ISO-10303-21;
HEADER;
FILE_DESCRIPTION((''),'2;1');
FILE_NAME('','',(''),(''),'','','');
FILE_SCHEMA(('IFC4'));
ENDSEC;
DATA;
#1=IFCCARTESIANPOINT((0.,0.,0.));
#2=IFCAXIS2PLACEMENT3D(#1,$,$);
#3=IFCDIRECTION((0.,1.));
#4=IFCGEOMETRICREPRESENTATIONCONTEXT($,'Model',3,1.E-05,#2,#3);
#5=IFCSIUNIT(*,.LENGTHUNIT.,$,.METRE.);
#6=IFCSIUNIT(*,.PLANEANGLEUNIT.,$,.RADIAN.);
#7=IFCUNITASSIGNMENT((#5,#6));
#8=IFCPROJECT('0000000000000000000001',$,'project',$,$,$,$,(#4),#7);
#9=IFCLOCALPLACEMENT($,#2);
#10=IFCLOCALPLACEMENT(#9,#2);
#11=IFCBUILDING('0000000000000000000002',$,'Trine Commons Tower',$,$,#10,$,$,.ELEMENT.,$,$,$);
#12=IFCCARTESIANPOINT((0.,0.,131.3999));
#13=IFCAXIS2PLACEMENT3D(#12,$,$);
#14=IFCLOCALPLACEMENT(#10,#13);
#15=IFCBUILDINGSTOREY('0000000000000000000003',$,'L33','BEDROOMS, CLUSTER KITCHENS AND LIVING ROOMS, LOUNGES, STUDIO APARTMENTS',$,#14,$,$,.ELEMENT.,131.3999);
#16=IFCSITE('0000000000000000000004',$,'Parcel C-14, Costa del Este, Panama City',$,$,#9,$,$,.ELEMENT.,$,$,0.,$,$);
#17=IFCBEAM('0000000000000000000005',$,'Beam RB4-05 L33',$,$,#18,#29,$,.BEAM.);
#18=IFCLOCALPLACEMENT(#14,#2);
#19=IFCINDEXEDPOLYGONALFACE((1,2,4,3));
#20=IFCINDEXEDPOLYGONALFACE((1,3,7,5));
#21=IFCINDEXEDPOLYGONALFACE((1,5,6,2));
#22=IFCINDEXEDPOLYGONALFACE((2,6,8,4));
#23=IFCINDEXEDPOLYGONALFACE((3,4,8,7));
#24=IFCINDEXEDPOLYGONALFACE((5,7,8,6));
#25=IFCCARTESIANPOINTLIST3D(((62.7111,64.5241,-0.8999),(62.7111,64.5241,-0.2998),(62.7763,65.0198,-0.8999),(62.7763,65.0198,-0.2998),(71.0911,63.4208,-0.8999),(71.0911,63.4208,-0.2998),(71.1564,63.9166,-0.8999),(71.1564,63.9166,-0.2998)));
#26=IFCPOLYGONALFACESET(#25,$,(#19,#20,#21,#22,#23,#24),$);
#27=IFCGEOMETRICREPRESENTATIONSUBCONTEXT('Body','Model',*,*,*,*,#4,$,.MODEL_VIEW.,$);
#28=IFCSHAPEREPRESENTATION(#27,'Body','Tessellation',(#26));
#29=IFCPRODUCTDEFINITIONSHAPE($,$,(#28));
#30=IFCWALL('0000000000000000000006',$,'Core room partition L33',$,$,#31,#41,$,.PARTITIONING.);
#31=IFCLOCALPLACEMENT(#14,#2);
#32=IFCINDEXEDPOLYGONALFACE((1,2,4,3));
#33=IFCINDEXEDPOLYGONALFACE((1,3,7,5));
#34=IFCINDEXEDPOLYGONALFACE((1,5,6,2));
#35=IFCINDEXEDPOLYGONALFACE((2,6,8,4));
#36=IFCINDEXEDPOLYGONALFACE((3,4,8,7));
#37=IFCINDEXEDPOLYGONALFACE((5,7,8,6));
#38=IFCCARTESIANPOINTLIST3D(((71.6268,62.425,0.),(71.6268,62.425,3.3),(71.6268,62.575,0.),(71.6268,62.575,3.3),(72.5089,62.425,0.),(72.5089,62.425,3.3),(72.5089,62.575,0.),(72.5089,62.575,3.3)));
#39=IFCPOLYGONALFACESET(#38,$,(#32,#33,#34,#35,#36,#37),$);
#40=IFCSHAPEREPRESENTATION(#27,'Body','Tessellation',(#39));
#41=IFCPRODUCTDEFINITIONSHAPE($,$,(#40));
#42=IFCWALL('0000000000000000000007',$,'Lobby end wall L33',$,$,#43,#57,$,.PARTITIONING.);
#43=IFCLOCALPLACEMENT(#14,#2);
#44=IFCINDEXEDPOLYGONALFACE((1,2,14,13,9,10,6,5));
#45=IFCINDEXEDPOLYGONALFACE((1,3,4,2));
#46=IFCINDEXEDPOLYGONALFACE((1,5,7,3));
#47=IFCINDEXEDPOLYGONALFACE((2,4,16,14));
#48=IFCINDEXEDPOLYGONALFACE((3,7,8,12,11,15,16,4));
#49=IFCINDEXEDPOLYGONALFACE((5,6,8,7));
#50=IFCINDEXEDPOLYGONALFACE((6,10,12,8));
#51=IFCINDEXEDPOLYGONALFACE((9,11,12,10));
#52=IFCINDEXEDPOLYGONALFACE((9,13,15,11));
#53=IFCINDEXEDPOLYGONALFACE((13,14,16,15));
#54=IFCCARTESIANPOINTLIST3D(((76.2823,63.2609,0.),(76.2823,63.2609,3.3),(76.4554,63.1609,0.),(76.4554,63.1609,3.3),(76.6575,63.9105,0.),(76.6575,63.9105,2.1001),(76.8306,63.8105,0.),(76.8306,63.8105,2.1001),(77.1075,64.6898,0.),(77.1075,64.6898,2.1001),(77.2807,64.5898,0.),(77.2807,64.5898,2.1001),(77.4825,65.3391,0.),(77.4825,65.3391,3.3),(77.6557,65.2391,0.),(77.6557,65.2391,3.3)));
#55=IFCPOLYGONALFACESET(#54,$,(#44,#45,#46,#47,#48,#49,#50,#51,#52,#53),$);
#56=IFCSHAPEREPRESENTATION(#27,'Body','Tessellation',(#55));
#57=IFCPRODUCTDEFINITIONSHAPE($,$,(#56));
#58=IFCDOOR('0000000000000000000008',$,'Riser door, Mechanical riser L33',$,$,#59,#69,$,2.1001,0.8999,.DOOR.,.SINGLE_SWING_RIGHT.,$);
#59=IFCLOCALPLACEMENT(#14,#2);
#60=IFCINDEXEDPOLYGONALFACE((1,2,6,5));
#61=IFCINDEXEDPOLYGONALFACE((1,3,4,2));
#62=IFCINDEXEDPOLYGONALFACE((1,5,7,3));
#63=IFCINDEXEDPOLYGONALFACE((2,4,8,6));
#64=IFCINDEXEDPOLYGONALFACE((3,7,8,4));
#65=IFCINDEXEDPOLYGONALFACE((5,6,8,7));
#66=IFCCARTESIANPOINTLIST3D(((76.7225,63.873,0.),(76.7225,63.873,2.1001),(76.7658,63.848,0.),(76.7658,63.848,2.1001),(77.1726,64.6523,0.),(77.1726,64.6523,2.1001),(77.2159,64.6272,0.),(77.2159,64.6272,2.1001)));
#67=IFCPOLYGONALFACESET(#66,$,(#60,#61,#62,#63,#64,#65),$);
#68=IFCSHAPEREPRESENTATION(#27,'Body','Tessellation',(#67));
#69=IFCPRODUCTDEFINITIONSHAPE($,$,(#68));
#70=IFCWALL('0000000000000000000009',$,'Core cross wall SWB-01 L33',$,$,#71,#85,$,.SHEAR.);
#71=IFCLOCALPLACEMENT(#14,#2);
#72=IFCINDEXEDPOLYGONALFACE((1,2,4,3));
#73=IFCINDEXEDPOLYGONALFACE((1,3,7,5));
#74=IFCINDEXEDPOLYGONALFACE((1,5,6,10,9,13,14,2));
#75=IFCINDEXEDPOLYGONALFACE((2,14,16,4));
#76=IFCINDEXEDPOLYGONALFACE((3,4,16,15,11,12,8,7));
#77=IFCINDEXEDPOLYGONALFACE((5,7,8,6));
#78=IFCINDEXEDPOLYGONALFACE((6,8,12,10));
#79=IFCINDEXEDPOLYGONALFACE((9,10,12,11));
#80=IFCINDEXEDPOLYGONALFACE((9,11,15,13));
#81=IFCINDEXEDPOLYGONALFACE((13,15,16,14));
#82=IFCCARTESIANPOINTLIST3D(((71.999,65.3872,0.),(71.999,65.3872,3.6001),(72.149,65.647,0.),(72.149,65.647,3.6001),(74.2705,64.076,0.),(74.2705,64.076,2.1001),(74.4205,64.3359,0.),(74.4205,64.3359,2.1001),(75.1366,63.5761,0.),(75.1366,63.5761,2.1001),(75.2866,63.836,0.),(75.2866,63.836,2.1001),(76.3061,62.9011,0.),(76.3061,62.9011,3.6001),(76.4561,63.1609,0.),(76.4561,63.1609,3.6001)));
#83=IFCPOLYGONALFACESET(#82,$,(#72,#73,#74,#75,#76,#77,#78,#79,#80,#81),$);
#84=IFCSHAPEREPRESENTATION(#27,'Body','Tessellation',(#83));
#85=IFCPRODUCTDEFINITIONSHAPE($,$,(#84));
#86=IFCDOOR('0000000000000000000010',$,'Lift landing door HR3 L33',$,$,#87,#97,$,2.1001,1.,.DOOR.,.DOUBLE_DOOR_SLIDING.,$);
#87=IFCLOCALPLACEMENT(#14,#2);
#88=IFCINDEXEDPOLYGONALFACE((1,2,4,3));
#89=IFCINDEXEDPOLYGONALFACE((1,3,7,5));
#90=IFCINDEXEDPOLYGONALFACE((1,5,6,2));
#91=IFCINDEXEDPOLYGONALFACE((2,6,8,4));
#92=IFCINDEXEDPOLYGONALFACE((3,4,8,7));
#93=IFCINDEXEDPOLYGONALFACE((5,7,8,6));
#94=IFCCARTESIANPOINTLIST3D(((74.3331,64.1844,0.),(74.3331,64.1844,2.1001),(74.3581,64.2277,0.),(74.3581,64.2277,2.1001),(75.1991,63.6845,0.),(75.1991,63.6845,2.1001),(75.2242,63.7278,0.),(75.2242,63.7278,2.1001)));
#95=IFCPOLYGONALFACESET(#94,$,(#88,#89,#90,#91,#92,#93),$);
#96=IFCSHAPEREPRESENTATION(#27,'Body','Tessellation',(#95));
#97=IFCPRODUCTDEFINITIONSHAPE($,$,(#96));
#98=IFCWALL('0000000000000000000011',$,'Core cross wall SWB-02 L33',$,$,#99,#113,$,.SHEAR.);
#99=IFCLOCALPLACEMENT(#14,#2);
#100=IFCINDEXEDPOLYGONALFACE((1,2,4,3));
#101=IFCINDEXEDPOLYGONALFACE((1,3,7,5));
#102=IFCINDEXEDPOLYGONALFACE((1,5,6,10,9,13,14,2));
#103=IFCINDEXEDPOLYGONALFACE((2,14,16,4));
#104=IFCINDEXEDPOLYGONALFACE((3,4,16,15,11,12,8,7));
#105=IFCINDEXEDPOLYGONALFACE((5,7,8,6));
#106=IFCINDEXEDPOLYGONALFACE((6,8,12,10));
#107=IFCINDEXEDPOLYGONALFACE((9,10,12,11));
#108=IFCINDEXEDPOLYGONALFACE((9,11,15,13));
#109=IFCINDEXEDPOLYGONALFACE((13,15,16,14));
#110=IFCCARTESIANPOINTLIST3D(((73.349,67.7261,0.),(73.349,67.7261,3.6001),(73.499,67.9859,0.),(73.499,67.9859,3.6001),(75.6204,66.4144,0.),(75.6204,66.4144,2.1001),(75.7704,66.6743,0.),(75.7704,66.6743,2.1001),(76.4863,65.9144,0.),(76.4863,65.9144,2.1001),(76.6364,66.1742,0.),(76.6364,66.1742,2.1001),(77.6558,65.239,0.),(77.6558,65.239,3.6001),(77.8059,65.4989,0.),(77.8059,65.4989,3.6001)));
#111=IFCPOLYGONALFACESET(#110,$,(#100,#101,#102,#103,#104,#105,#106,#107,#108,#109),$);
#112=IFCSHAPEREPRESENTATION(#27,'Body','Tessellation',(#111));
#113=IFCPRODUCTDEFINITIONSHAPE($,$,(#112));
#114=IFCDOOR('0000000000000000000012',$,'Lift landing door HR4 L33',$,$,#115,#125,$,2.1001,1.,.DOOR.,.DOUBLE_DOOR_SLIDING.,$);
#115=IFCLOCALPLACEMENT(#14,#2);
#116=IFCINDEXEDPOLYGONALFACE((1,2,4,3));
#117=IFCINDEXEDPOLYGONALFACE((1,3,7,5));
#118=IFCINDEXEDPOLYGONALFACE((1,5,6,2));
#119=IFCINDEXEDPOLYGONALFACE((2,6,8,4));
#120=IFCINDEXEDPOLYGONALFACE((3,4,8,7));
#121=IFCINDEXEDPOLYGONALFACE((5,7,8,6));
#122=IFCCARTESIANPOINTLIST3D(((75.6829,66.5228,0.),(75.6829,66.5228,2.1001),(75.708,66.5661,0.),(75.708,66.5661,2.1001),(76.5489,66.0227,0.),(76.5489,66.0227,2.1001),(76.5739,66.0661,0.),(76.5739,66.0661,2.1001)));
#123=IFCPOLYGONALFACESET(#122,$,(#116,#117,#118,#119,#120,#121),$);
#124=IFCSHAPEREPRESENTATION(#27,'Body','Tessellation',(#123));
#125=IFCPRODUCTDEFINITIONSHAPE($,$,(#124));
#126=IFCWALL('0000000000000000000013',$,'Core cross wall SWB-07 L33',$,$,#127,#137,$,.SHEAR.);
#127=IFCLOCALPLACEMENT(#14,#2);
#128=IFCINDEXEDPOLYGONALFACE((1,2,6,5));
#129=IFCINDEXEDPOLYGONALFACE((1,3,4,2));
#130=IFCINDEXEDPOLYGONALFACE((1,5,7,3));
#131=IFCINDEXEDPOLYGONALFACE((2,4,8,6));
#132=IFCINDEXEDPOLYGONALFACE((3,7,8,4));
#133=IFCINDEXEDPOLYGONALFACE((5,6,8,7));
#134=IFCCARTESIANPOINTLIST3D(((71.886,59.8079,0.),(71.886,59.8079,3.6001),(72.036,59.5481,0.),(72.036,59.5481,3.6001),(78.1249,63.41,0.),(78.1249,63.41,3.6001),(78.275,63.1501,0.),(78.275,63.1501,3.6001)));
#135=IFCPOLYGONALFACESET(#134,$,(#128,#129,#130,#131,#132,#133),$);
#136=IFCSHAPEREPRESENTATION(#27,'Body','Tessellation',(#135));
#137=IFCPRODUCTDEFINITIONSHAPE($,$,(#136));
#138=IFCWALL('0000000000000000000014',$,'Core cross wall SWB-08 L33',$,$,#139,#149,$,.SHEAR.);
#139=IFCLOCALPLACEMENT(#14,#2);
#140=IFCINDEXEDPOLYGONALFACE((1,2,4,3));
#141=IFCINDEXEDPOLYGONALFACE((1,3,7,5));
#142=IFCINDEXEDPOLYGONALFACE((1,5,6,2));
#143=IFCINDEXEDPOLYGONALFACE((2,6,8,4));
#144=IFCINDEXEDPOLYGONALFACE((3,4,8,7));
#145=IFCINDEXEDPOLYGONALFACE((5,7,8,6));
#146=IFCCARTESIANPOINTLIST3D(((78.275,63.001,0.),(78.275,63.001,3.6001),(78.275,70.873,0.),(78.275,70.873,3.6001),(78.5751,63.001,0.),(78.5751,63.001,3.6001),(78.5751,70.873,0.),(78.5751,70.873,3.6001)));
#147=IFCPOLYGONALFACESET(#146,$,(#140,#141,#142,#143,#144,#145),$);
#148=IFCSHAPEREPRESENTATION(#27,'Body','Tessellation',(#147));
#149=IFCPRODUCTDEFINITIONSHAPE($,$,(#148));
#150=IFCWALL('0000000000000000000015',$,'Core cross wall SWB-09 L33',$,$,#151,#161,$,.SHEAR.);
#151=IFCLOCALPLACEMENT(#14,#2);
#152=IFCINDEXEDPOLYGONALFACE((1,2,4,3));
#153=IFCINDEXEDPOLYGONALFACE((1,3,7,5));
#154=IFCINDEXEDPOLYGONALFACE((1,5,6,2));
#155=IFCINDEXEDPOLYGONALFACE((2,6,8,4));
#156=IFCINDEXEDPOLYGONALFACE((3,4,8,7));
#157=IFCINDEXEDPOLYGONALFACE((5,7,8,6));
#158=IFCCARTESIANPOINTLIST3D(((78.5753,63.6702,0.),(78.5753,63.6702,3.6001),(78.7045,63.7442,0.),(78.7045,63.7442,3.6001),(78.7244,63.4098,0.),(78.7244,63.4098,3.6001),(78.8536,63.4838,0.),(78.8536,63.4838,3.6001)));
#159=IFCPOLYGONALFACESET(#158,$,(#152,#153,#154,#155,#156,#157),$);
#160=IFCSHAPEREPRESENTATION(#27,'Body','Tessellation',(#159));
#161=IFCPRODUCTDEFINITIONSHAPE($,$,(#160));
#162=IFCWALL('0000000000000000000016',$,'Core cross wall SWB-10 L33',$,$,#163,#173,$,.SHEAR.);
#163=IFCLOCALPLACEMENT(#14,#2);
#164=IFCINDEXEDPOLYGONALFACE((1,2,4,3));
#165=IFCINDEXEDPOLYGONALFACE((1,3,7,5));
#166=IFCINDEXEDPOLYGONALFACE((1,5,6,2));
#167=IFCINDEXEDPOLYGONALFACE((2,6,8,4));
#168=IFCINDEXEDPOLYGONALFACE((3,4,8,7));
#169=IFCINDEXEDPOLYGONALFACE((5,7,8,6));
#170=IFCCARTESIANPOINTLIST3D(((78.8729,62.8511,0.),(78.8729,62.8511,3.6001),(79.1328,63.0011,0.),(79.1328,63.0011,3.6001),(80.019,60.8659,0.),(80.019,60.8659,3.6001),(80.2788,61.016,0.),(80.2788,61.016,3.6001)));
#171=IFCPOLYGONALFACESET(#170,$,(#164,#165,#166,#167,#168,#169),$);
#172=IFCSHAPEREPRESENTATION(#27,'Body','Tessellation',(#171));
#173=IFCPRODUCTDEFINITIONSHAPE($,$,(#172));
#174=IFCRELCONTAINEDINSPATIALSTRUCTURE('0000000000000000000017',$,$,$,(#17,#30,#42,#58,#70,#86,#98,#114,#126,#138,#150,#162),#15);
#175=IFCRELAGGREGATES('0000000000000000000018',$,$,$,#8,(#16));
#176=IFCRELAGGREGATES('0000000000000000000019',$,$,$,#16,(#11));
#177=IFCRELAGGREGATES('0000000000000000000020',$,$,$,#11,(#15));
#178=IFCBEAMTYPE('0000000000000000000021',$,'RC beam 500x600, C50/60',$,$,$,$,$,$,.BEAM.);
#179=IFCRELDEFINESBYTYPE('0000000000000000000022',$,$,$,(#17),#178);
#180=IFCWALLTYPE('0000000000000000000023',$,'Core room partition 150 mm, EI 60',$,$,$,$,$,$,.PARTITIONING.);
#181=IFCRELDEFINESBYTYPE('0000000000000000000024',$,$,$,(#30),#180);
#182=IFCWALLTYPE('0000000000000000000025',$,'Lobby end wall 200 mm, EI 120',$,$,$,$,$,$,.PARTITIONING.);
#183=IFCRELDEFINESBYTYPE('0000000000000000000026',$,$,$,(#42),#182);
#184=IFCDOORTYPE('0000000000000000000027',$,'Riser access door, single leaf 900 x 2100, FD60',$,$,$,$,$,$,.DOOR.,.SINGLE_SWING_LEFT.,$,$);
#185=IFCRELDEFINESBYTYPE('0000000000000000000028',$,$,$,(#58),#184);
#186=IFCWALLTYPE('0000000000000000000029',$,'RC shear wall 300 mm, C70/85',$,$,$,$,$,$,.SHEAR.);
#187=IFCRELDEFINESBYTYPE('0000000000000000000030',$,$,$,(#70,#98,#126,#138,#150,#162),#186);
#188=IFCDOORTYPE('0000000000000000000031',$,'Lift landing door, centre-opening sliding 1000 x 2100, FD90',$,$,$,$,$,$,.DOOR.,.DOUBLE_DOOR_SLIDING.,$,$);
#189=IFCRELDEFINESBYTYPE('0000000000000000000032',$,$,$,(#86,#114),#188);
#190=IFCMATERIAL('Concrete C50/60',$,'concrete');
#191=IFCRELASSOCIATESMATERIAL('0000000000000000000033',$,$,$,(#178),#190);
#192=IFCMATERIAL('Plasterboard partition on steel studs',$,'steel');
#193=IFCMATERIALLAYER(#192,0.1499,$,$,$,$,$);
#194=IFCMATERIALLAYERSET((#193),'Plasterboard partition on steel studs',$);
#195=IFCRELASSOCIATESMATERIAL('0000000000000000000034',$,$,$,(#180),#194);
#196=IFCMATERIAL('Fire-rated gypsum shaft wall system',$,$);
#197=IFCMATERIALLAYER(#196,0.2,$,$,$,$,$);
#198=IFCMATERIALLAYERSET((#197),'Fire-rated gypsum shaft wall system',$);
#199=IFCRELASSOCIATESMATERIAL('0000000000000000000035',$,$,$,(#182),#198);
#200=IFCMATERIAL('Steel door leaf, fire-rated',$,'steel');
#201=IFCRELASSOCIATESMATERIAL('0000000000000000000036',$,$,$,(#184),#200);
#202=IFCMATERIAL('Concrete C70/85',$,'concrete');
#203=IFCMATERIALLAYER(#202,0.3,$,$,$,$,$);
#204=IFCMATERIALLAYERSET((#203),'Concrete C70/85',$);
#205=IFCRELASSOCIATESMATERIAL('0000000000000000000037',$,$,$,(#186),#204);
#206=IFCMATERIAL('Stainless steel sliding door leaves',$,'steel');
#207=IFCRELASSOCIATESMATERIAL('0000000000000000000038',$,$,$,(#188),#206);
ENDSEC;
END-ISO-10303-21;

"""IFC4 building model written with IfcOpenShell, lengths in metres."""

from ifc_helpers import new_model, si_unit, direction, frame, frame_2d, origin, origin_2d, place, context, subcontext, project, spatial, rectangle, extrude, material, layer, layer_set, material_profile, profile_set, type_object, element, fill, save


model = new_model("IFC4")

# Units and contexts
model_context = context("Model", 3, precision=1e-05, world=origin(), true_north=direction((0.0, 1.0)))
body_context = subcontext(model_context, "Body", "Model", "MODEL_VIEW")
ifc_project = project(units=[si_unit("LENGTHUNIT", "METRE"), si_unit("PLANEANGLEUNIT", "RADIAN")], contexts=[model_context])

# Site, building, storey
site_placement = place(None, origin())
site = spatial("IfcSite", under=ifc_project, at=site_placement, Name="Parcel C-14, Costa del Este, Panama City", CompositionType="ELEMENT", RefElevation=0.0)
building_placement = place(site_placement, origin())
building = spatial("IfcBuilding", under=site, at=building_placement, Name="Trine Commons Tower", CompositionType="ELEMENT")
storey_placement = place(building_placement, frame((0.0, 0.0, 131.3999)))
storey = spatial("IfcBuildingStorey", under=building, at=storey_placement, Name="L33", Description="BEDROOMS, CLUSTER KITCHENS AND LIVING ROOMS, LOUNGES, STUDIO APARTMENTS", CompositionType="ELEMENT", Elevation=131.3999)

# Beam
ifc_material_1 = material(Name="Concrete C50/60", Category="concrete")
ifc_material_profile = material_profile(ifc_material_1, rectangle(XDim=0.5, YDim=0.6001, at=origin_2d()), Name="RC 500x600")
ifc_profile_set = profile_set([ifc_material_profile], Name="Concrete C50/60")
beam_type = type_object("IfcBeamType", Name="RC beam 500x600, C50/60", PredefinedType="BEAM", material=ifc_profile_set)
beam_placement = place(storey_placement, frame((71.1238, 63.6687, -0.5999), z_axis=(-0.991445, 0.130527, 0.0), x_axis=(-0.130527, -0.991445, 0.0)))
element("IfcBeam", 1, at=beam_placement, inside=storey, type_object=beam_type, Name="Beam RB4-05 L33", PredefinedType="BEAM", context=body_context, shape_type="SweptSolid", body=[
    extrude(rectangle(XDim=0.5, YDim=0.6001, at=origin_2d()), origin(), (0.0, 0.0, 1.0), 8.4524),
])

# Wall
ifc_material_2 = material(Name="Plasterboard partition on steel studs", Category="steel")
ifc_layer_1 = layer(ifc_material_2, 0.1499)
ifc_layer_set_1 = layer_set([ifc_layer_1], Name="Plasterboard partition on steel studs")
wall_type_1 = type_object("IfcWallType", Name="Core room partition 150 mm, EI 60", PredefinedType="PARTITIONING", material=ifc_layer_set_1)
wall_1_placement = place(storey_placement, frame((71.627, 62.5, 0.0), z_axis=(0.0, 0.0, 1.0), x_axis=(1.0, 0.0, 0.0)))
element("IfcWall", 2, at=wall_1_placement, inside=storey, type_object=wall_type_1, Name="Core room partition L33", PredefinedType="PARTITIONING", context=body_context, shape_type="SweptSolid", body=[
    extrude(rectangle(XDim=0.8821, YDim=0.1499, at=frame_2d((0.4409, 0.0))), origin(), (0.0, 0.0, 1.0), 3.3),
])

# Walls, openings, doors
ifc_material_3 = material(Name="Fire-rated gypsum shaft wall system")
ifc_layer_2 = layer(ifc_material_3, 0.2)
ifc_layer_set_2 = layer_set([ifc_layer_2], Name="Fire-rated gypsum shaft wall system")
wall_type_2 = type_object("IfcWallType", Name="Lobby end wall 200 mm, EI 120", PredefinedType="PARTITIONING", material=ifc_layer_set_2)
wall_2_placement = place(storey_placement, frame((77.5691, 65.2891, 0.0), z_axis=(0.0, 0.0, 1.0), x_axis=(-0.500122, -0.865955, 0.0)))
wall_2 = element("IfcWall", 3, at=wall_2_placement, inside=storey, type_object=wall_type_2, Name="Lobby end wall L33", PredefinedType="PARTITIONING", context=body_context, shape_type="SweptSolid", body=[
    extrude(rectangle(XDim=2.3999, YDim=0.2, at=frame_2d((1.2, 0.0))), origin(), (0.0, 0.0, 1.0), 3.3),
])
opening_1_placement = place(wall_2_placement, frame((0.7498, 0.0, 0.0)))
opening_1 = element("IfcOpeningElement", 4, at=opening_1_placement, cuts=wall_2, PredefinedType="OPENING", context=body_context, shape_type="SweptSolid", body=[
    extrude(rectangle(XDim=0.8999, YDim=2.1001, at=frame_2d((0.45, 1.05))), frame((0.0, 0.1099, 0.0), z_axis=(0.0, -1.0, 0.0), x_axis=(1.0, 0.0, 0.0)), (0.0, 0.0, 1.0), 0.22),
])
ifc_material_4 = material(Name="Steel door leaf, fire-rated", Category="steel")
door_type_1 = type_object("IfcDoorType", Name="Riser access door, single leaf 900 x 2100, FD60", OperationType="SINGLE_SWING_LEFT", PredefinedType="DOOR", material=ifc_material_4)
door_1_placement = place(opening_1_placement, frame((0.8999, 0.0, 0.0), z_axis=(0.0, 0.0, 1.0), x_axis=(-1.0, 0.0, 0.0)))
door_1 = element("IfcDoor", 5, at=door_1_placement, inside=storey, type_object=door_type_1, Name="Riser door, Mechanical riser L33", OperationType="SINGLE_SWING_RIGHT", OverallHeight=2.1001, OverallWidth=0.8999, PredefinedType="DOOR", context=body_context, shape_type="SweptSolid", body=[
    extrude(rectangle(XDim=0.8999, YDim=2.1001, at=frame_2d((0.45, 1.05))), frame((0.0, 0.0249, 0.0), z_axis=(0.0, -1.0, 0.0), x_axis=(1.0, 0.0, 0.0)), (0.0, 0.0, 1.0), 0.05),
])
fill(opening_1, door_1)
ifc_material_5 = material(Name="Concrete C70/85", Category="concrete")
ifc_layer_3 = layer(ifc_material_5, 0.3)
ifc_layer_set_3 = layer_set([ifc_layer_3], Name="Concrete C70/85")
wall_type_3 = type_object("IfcWallType", Name="RC shear wall 300 mm, C70/85", PredefinedType="SHEAR", material=ifc_layer_set_3)
wall_3_placement = place(storey_placement, frame((76.3811, 63.031, 0.0), z_axis=(0.0, 0.0, 1.0), x_axis=(-0.866081, 0.499904, 0.0)))
wall_3 = element("IfcWall", 6, at=wall_3_placement, inside=storey, type_object=wall_type_3, Name="Core cross wall SWB-01 L33", PredefinedType="SHEAR", context=body_context, shape_type="SweptSolid", body=[
    extrude(rectangle(XDim=4.9731, YDim=0.3, at=frame_2d((2.4866, 0.0))), origin(), (0.0, 0.0, 1.0), 3.6001),
])
opening_2_placement = place(wall_3_placement, frame((1.3503, 0.0, 0.0)))
opening_2 = element("IfcOpeningElement", 7, at=opening_2_placement, cuts=wall_3, PredefinedType="OPENING", context=body_context, shape_type="SweptSolid", body=[
    extrude(rectangle(XDim=1.0, YDim=2.1001, at=frame_2d((0.5, 1.05))), frame((0.0, 0.1599, 0.0), z_axis=(0.0, -1.0, 0.0), x_axis=(1.0, 0.0, 0.0)), (0.0, 0.0, 1.0), 0.3201),
])
ifc_material_6 = material(Name="Stainless steel sliding door leaves", Category="steel")
door_type_2 = type_object("IfcDoorType", Name="Lift landing door, centre-opening sliding 1000 x 2100, FD90", OperationType="DOUBLE_DOOR_SLIDING", PredefinedType="DOOR", material=ifc_material_6)
door_2_placement = place(opening_2_placement, origin())
door_2 = element("IfcDoor", 8, at=door_2_placement, inside=storey, type_object=door_type_2, Name="Lift landing door HR3 L33", OperationType="DOUBLE_DOOR_SLIDING", OverallHeight=2.1001, OverallWidth=1.0, PredefinedType="DOOR", context=body_context, shape_type="SweptSolid", body=[
    extrude(rectangle(XDim=1.0, YDim=2.1001, at=frame_2d((0.5, 1.05))), frame((0.0, 0.0249, 0.0), z_axis=(0.0, -1.0, 0.0), x_axis=(1.0, 0.0, 0.0)), (0.0, 0.0, 1.0), 0.05),
])
fill(opening_2, door_2)
wall_4_placement = place(storey_placement, frame((77.731, 65.3689, 0.0), z_axis=(0.0, 0.0, 1.0), x_axis=(-0.865984, 0.500072, 0.0)))
wall_4 = element("IfcWall", 9, at=wall_4_placement, inside=storey, type_object=wall_type_3, Name="Core cross wall SWB-02 L33", PredefinedType="SHEAR", context=body_context, shape_type="SweptSolid", body=[
    extrude(rectangle(XDim=4.9734, YDim=0.3, at=frame_2d((2.4868, 0.0))), origin(), (0.0, 0.0, 1.0), 3.6001),
])
opening_3_placement = place(wall_4_placement, frame((1.3506, 0.0, 0.0)))
opening_3 = element("IfcOpeningElement", 10, at=opening_3_placement, cuts=wall_4, PredefinedType="OPENING", context=body_context, shape_type="SweptSolid", body=[
    extrude(rectangle(XDim=1.0, YDim=2.1001, at=frame_2d((0.5, 1.05))), frame((0.0, 0.1599, 0.0), z_axis=(0.0, -1.0, 0.0), x_axis=(1.0, 0.0, 0.0)), (0.0, 0.0, 1.0), 0.3201),
])
door_3_placement = place(opening_3_placement, origin())
door_3 = element("IfcDoor", 11, at=door_3_placement, inside=storey, type_object=door_type_2, Name="Lift landing door HR4 L33", OperationType="DOUBLE_DOOR_SLIDING", OverallHeight=2.1001, OverallWidth=1.0, PredefinedType="DOOR", context=body_context, shape_type="SweptSolid", body=[
    extrude(rectangle(XDim=1.0, YDim=2.1001, at=frame_2d((0.5, 1.05))), frame((0.0, 0.0249, 0.0), z_axis=(0.0, -1.0, 0.0), x_axis=(1.0, 0.0, 0.0)), (0.0, 0.0, 1.0), 0.05),
])
fill(opening_3, door_3)

# Walls
wall_5_placement = place(storey_placement, frame((78.2, 63.28, 0.0), z_axis=(0.0, 0.0, 1.0), x_axis=(-0.866028, -0.499995, 0.0)))
element("IfcWall", 12, at=wall_5_placement, inside=storey, type_object=wall_type_3, Name="Core cross wall SWB-07 L33", PredefinedType="SHEAR", context=body_context, shape_type="SweptSolid", body=[
    extrude(rectangle(XDim=7.2041, YDim=0.3, at=frame_2d((3.6021, 0.0))), origin(), (0.0, 0.0, 1.0), 3.6001),
])
wall_6_placement = place(storey_placement, frame((78.425, 63.001, 0.0), z_axis=(0.0, 0.0, 1.0), x_axis=(0.0, 1.0, 0.0)))
element("IfcWall", 13, at=wall_6_placement, inside=storey, type_object=wall_type_3, Name="Core cross wall SWB-08 L33", PredefinedType="SHEAR", context=body_context, shape_type="SweptSolid", body=[
    extrude(rectangle(XDim=7.8721, YDim=0.3, at=frame_2d((3.936, 0.0))), origin(), (0.0, 0.0, 1.0), 3.6001),
])
wall_7_placement = place(storey_placement, frame((78.7791, 63.614, 0.0), z_axis=(0.0, 0.0, 1.0), x_axis=(-0.867738, -0.497022, 0.0)))
element("IfcWall", 14, at=wall_7_placement, inside=storey, type_object=wall_type_3, Name="Core cross wall SWB-09 L33", PredefinedType="SHEAR", context=body_context, shape_type="SweptSolid", body=[
    extrude(rectangle(XDim=0.1489, YDim=0.3, at=frame_2d((0.0745, 0.0))), origin(), (0.0, 0.0, 1.0), 3.6001),
])
wall_8_placement = place(storey_placement, frame((79.0029, 62.926, 0.0), z_axis=(0.0, 0.0, 1.0), x_axis=(0.499965, -0.866045, 0.0)))
element("IfcWall", 15, at=wall_8_placement, inside=storey, type_object=wall_type_3, Name="Core cross wall SWB-10 L33", PredefinedType="SHEAR", context=body_context, shape_type="SweptSolid", body=[
    extrude(rectangle(XDim=2.2922, YDim=0.3, at=frame_2d((1.146, 0.0))), origin(), (0.0, 0.0, 1.0), 3.6001),
])

save(model, "model.ifc")
